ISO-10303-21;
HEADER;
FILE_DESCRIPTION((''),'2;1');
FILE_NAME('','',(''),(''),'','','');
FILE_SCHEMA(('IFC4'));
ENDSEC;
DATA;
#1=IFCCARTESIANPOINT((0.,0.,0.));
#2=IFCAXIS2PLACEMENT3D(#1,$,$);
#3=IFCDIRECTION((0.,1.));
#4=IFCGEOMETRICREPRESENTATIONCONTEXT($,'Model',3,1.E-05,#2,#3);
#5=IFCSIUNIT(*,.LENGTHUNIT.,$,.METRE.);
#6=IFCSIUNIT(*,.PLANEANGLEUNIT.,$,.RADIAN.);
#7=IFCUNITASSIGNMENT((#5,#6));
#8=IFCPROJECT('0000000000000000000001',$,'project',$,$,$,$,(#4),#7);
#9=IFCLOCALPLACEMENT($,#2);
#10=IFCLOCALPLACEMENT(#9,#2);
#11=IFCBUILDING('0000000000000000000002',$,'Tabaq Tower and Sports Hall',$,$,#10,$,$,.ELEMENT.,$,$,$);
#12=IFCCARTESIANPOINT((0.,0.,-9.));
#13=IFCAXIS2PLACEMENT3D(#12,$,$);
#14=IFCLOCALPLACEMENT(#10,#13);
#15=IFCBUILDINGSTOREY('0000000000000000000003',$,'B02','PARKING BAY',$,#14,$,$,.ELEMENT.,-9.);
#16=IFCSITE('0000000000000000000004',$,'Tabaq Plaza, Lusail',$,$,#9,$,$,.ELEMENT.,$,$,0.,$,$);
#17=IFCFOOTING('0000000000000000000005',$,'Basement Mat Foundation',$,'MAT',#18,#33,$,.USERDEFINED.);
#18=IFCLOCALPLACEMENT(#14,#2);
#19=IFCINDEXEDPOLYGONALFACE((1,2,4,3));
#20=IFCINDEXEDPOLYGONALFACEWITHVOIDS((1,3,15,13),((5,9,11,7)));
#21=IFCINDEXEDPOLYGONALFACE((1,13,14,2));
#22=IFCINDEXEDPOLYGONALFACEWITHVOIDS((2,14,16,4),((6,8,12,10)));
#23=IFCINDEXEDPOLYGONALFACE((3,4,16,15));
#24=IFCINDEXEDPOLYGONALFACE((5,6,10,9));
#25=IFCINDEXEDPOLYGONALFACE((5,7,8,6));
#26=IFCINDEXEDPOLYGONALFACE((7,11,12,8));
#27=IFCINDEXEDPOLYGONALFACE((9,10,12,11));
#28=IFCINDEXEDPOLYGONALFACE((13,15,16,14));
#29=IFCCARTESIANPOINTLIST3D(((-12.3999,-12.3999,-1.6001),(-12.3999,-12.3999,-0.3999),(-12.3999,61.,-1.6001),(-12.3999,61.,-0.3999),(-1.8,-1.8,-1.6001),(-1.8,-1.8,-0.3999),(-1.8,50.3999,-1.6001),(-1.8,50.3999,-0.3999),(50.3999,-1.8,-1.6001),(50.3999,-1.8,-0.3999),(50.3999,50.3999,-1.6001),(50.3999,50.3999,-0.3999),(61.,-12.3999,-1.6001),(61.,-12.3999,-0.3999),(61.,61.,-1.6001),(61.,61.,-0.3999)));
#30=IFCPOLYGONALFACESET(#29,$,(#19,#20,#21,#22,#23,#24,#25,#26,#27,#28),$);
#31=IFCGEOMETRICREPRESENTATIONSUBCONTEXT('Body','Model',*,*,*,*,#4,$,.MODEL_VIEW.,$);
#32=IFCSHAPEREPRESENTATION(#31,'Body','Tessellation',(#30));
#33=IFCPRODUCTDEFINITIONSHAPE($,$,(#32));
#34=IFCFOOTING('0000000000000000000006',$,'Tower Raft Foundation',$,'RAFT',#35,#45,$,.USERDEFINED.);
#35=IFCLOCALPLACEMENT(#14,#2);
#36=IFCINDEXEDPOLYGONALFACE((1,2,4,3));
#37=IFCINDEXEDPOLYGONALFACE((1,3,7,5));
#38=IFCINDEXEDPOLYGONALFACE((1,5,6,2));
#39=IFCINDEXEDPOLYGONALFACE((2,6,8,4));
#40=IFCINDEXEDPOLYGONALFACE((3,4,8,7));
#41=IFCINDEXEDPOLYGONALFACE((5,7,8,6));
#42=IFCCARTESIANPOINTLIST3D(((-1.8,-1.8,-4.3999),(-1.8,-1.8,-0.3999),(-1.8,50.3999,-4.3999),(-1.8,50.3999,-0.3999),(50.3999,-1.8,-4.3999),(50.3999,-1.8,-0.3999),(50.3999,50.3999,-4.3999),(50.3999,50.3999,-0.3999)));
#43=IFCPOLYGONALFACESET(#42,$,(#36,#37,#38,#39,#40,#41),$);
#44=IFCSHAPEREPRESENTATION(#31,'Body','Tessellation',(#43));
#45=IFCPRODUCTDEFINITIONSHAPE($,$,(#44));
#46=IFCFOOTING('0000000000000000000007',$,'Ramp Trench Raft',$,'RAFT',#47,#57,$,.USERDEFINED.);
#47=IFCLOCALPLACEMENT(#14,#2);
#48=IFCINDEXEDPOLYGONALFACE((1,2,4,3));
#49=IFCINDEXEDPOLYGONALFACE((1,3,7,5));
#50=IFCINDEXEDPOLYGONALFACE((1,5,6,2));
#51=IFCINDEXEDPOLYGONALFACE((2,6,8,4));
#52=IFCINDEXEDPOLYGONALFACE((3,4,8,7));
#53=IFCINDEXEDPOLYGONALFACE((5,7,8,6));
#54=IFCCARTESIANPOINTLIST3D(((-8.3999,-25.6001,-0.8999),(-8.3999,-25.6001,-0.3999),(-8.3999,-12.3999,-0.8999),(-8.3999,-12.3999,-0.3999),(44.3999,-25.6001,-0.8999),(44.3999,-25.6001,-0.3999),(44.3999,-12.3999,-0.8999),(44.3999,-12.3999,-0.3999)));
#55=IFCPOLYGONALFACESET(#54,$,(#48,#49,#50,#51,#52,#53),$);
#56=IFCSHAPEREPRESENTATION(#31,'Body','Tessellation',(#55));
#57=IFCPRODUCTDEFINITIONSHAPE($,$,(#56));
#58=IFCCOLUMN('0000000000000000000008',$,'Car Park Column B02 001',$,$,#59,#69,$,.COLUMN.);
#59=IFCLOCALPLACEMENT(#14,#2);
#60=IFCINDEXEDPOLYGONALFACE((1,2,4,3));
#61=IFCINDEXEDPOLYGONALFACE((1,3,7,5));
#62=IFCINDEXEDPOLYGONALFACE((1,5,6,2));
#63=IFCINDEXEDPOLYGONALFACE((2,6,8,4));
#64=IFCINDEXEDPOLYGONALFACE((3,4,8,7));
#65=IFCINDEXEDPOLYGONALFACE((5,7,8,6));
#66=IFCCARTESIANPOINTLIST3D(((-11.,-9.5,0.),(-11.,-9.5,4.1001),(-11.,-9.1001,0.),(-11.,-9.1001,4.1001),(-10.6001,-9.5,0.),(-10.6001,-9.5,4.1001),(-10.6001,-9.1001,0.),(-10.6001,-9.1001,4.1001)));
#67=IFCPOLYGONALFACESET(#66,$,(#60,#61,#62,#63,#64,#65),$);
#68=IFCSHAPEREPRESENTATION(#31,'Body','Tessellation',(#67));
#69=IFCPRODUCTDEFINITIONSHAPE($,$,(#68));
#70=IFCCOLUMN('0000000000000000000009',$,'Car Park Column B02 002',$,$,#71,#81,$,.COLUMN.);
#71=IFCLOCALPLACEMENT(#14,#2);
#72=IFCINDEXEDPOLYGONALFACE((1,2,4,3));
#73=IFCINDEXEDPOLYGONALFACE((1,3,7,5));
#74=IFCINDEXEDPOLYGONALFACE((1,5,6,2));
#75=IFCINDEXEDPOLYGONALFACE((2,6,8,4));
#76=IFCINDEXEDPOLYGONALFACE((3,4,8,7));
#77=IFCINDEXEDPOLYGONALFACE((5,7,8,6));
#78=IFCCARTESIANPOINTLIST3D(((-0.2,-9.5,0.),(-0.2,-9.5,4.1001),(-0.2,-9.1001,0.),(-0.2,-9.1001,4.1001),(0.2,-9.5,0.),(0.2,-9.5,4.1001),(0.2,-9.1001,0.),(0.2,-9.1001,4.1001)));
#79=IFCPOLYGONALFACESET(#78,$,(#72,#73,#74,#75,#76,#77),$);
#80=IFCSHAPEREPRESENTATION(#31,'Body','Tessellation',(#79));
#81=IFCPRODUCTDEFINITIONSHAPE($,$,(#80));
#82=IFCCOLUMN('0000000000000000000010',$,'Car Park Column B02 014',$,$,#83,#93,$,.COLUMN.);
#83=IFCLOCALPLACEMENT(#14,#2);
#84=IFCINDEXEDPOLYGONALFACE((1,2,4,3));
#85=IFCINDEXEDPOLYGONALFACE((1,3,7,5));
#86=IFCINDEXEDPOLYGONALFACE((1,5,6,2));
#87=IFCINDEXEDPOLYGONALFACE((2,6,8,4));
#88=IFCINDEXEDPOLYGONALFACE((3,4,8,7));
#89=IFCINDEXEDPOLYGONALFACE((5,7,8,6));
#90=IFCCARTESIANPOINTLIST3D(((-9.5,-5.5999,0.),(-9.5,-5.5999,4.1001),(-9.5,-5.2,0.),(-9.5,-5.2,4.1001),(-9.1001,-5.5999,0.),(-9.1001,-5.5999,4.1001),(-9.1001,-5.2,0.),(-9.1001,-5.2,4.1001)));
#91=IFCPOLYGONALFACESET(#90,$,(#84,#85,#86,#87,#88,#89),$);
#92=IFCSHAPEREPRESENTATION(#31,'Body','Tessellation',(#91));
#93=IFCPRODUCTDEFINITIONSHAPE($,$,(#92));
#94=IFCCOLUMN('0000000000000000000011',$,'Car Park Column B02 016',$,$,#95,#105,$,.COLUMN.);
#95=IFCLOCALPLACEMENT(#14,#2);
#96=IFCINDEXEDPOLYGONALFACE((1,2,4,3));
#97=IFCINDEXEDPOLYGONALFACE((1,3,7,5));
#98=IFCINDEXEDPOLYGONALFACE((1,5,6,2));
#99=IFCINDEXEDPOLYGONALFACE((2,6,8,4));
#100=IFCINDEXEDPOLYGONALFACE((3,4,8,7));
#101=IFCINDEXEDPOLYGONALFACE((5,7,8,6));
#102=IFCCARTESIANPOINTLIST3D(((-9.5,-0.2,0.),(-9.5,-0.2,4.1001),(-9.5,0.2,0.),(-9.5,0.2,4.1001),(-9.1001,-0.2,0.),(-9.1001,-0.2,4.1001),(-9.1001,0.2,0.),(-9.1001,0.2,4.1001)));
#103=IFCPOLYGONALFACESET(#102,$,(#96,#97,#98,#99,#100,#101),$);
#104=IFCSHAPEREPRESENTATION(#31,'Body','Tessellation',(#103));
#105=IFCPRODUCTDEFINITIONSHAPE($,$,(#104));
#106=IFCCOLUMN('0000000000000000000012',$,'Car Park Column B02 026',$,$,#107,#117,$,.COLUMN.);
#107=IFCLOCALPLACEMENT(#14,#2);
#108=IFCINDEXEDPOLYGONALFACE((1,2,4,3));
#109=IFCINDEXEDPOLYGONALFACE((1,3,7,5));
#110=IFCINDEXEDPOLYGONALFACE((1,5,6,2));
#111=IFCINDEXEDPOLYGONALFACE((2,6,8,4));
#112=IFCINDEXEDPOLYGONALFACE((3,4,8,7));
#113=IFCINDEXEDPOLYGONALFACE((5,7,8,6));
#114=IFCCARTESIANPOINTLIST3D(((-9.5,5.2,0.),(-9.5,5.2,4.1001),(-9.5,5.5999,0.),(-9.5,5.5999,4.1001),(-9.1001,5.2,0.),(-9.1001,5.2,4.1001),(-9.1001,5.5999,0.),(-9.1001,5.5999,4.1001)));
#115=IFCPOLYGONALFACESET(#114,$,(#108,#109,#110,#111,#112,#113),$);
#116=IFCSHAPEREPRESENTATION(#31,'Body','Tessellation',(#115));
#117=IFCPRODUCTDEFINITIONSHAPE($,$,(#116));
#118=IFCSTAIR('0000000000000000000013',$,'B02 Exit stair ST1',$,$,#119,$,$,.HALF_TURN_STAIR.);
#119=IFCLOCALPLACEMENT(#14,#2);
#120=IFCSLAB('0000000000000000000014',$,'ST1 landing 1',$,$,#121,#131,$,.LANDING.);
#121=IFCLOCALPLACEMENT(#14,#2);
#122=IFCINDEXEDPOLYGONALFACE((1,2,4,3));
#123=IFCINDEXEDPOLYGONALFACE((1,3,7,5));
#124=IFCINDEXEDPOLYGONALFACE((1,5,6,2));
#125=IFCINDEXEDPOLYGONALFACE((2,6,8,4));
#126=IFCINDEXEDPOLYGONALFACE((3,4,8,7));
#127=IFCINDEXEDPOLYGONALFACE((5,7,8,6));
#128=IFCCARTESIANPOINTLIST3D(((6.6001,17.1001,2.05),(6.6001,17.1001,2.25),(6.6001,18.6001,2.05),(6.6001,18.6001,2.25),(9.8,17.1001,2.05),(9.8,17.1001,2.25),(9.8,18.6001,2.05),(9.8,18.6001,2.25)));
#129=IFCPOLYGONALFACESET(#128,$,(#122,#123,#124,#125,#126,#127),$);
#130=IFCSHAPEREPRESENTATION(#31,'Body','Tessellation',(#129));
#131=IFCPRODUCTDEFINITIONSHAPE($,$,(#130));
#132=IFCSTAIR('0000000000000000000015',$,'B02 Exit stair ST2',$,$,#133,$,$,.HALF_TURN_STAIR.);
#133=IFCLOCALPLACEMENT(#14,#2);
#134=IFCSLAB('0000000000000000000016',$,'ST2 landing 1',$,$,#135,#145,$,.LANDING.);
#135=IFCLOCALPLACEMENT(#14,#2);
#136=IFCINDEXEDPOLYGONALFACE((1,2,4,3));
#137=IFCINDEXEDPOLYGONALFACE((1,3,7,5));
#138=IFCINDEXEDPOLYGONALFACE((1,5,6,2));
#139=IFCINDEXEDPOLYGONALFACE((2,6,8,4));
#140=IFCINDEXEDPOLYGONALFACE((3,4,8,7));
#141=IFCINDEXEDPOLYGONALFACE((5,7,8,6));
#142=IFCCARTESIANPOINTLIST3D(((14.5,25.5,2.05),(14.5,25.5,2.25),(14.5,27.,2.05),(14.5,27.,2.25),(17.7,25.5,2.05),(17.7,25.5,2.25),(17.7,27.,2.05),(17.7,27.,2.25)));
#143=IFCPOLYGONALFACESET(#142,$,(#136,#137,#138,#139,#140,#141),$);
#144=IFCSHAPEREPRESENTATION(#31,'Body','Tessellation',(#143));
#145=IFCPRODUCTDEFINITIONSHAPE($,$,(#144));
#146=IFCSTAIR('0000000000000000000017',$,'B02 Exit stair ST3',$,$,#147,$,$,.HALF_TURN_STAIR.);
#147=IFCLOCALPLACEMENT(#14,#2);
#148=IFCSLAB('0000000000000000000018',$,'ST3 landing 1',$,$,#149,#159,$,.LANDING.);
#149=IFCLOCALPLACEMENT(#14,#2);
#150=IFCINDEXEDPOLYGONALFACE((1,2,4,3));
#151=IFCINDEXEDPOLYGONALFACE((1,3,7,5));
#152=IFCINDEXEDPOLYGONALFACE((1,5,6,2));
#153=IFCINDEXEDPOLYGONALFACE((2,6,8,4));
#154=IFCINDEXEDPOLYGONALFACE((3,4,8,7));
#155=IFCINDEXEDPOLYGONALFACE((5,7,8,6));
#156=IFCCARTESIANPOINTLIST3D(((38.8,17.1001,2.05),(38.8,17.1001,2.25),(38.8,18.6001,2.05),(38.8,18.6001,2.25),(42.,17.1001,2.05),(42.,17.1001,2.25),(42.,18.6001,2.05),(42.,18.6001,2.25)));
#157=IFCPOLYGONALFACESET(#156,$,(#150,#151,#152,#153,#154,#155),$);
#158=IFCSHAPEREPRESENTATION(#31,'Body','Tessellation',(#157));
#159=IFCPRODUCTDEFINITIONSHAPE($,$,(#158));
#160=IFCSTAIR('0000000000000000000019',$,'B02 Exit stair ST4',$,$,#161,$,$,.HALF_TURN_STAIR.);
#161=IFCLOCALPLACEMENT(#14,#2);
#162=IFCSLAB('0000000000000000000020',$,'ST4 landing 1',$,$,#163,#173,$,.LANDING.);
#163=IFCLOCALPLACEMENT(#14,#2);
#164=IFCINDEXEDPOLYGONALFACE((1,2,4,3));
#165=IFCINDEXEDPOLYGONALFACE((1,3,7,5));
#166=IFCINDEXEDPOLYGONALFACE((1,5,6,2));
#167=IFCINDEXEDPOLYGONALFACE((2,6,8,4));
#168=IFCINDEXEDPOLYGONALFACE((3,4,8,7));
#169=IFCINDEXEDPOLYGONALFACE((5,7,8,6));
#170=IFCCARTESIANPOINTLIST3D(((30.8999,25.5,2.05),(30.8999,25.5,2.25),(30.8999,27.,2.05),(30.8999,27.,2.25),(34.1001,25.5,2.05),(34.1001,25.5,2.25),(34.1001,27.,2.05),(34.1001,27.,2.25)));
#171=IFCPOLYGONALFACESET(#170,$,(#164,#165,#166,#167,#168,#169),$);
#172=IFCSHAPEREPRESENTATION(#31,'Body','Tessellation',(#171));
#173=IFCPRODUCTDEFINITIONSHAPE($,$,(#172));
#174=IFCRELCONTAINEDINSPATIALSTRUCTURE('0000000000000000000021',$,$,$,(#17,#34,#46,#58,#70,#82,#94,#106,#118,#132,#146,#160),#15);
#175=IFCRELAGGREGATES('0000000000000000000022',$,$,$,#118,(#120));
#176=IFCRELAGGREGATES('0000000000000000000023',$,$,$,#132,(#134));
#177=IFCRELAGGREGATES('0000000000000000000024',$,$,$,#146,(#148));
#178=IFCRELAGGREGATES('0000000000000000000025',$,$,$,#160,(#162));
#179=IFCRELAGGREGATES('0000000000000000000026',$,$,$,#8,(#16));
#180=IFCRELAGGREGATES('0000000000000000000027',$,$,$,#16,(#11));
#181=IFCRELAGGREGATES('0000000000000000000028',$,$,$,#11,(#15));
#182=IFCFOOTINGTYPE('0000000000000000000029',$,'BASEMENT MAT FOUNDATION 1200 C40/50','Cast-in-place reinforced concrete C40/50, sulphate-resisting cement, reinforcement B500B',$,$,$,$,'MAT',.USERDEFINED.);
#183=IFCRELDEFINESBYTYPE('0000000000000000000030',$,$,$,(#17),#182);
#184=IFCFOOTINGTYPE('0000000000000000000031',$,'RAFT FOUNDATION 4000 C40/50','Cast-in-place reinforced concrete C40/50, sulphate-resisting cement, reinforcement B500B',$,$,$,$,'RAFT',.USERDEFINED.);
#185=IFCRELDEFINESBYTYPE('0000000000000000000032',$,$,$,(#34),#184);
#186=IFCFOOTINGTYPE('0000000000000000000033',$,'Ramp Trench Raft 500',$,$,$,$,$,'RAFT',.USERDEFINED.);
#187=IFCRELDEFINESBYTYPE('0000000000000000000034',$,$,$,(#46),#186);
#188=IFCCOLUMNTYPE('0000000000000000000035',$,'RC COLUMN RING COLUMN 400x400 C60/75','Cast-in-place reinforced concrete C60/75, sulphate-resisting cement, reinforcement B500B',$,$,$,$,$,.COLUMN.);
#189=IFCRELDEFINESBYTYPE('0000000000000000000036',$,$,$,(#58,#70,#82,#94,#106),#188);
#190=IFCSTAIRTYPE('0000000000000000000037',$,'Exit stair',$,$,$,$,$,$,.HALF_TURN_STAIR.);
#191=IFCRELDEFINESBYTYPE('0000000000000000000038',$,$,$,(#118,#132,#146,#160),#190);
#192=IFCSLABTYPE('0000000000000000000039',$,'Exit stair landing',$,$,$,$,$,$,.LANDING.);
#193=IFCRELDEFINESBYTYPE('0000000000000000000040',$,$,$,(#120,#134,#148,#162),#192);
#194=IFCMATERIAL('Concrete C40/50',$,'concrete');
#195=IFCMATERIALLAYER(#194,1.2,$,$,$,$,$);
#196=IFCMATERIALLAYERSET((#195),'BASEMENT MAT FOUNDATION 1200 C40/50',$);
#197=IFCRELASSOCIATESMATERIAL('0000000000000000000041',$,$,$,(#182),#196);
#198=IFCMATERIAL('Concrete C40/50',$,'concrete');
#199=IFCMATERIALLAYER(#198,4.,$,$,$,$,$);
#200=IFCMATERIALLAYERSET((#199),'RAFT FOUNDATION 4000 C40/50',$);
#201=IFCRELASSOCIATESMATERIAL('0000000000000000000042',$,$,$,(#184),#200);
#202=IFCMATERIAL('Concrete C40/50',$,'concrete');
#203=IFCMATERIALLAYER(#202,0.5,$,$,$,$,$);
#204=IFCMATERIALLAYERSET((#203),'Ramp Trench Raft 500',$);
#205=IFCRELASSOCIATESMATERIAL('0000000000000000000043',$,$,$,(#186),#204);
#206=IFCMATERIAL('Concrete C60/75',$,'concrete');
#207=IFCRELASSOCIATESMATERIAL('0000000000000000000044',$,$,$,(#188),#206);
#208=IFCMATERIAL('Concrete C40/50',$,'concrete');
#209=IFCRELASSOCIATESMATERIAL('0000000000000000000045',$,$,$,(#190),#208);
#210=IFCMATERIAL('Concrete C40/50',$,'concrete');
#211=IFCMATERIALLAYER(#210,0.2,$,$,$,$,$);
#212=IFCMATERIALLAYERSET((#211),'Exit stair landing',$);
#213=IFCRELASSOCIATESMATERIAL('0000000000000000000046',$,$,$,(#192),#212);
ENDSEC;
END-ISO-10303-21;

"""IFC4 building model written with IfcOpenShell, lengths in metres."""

from ifc_helpers import new_model, si_unit, direction, frame, origin, origin_2d, place, context, subcontext, project, spatial, polyline, rectangle, outline, extrude, material, layer, layer_set, material_profile, profile_set, type_object, element, aggregate, save


model = new_model("IFC4")

# Units and contexts
model_context = context("Model", 3, precision=1e-05, world=origin(), true_north=direction((0.0, 1.0)))
body_context = subcontext(model_context, "Body", "Model", "MODEL_VIEW")
ifc_project = project(units=[si_unit("LENGTHUNIT", "METRE"), si_unit("PLANEANGLEUNIT", "RADIAN")], contexts=[model_context])

# Site, building, storey
site_placement = place(None, origin())
site = spatial("IfcSite", under=ifc_project, at=site_placement, Name="Tabaq Plaza, Lusail", CompositionType="ELEMENT", RefElevation=0.0)
building_placement = place(site_placement, origin())
building = spatial("IfcBuilding", under=site, at=building_placement, Name="Tabaq Tower and Sports Hall", CompositionType="ELEMENT")
storey_placement = place(building_placement, frame((0.0, 0.0, -9.0)))
storey = spatial("IfcBuildingStorey", under=building, at=storey_placement, Name="B02", Description="PARKING BAY", CompositionType="ELEMENT", Elevation=-9.0)

# Footings
ifc_material_1 = material(Name="Concrete C40/50", Category="concrete")
ifc_layer_1 = layer(ifc_material_1, 1.2)
ifc_layer_set_1 = layer_set([ifc_layer_1], Name="BASEMENT MAT FOUNDATION 1200 C40/50")
footing_type_1 = type_object("IfcFootingType", Name="BASEMENT MAT FOUNDATION 1200 C40/50", Description="Cast-in-place reinforced concrete C40/50, sulphate-resisting cement, reinforcement B500B", ElementType="MAT", PredefinedType="USERDEFINED", material=ifc_layer_set_1)
footing_1_placement = place(storey_placement, frame((0.0, 0.0, -1.6001)))
element("IfcFooting", 1, at=footing_1_placement, inside=storey, type_object=footing_type_1, Name="Basement Mat Foundation", ObjectType="MAT", PredefinedType="USERDEFINED", context=body_context, shape_type="SweptSolid", body=[
    extrude(outline(polyline([(-12.3999, -12.3999), (61.0, -12.3999), (61.0, 61.0), (-12.3999, 61.0), (-12.3999, -12.3999)]), holes=[polyline([(50.3999, 50.3999), (50.3999, -1.8), (-1.8, -1.8), (-1.8, 50.3999), (50.3999, 50.3999)])]), origin(), (0.0, 0.0, 1.0), 1.2002),
])
ifc_material_2 = material(Name="Concrete C40/50", Category="concrete")
ifc_layer_2 = layer(ifc_material_2, 4.0)
ifc_layer_set_2 = layer_set([ifc_layer_2], Name="RAFT FOUNDATION 4000 C40/50")
footing_type_2 = type_object("IfcFootingType", Name="RAFT FOUNDATION 4000 C40/50", Description="Cast-in-place reinforced concrete C40/50, sulphate-resisting cement, reinforcement B500B", ElementType="RAFT", PredefinedType="USERDEFINED", material=ifc_layer_set_2)
footing_2_placement = place(storey_placement, frame((0.0, 0.0, -4.3999)))
element("IfcFooting", 2, at=footing_2_placement, inside=storey, type_object=footing_type_2, Name="Tower Raft Foundation", ObjectType="RAFT", PredefinedType="USERDEFINED", context=body_context, shape_type="SweptSolid", body=[
    extrude(outline(polyline([(-1.8, -1.8), (50.3999, -1.8), (50.3999, 50.3999), (-1.8, 50.3999), (-1.8, -1.8)])), origin(), (0.0, 0.0, 1.0), 4.0),
])
ifc_material_3 = material(Name="Concrete C40/50", Category="concrete")
ifc_layer_3 = layer(ifc_material_3, 0.5)
ifc_layer_set_3 = layer_set([ifc_layer_3], Name="Ramp Trench Raft 500")
footing_type_3 = type_object("IfcFootingType", Name="Ramp Trench Raft 500", ElementType="RAFT", PredefinedType="USERDEFINED", material=ifc_layer_set_3)
footing_3_placement = place(storey_placement, frame((0.0, 0.0, -0.8999)))
element("IfcFooting", 3, at=footing_3_placement, inside=storey, type_object=footing_type_3, Name="Ramp Trench Raft", ObjectType="RAFT", PredefinedType="USERDEFINED", context=body_context, shape_type="SweptSolid", body=[
    extrude(outline(polyline([(-8.3999, -25.6001), (44.3999, -25.6001), (44.3999, -12.3999), (-8.3999, -12.3999), (-8.3999, -25.6001)])), origin(), (0.0, 0.0, 1.0), 0.5),
])

# Columns
ifc_material_4 = material(Name="Concrete C60/75", Category="concrete")
ifc_material_profile = material_profile(ifc_material_4, rectangle(XDim=0.3999, YDim=0.3999, at=origin_2d()), Name="RING COLUMN 400x400")
ifc_profile_set = profile_set([ifc_material_profile], Name="Concrete C60/75")
column_type = type_object("IfcColumnType", Name="RC COLUMN RING COLUMN 400x400 C60/75", Description="Cast-in-place reinforced concrete C60/75, sulphate-resisting cement, reinforcement B500B", PredefinedType="COLUMN", material=ifc_profile_set)
for number, where, z_axis, x_axis, name in (
    (4, (-10.8, -9.3, 0.0), (0.0, 0.0, 1.0), (1.0, 0.0, 0.0), "Car Park Column B02 001"),
    (5, (0.0, -9.3, 0.0), (0.0, 0.0, 1.0), (1.0, 0.0, 0.0), "Car Park Column B02 002"),
    (6, (-9.3, -5.3999, 0.0), (0.0, 0.0, 1.0), (1.0, 0.0, 0.0), "Car Park Column B02 014"),
    (7, (-9.3, 0.0, 0.0), (0.0, 0.0, 1.0), (1.0, 0.0, 0.0), "Car Park Column B02 016"),
    (8, (-9.3, 5.3999, 0.0), (0.0, 0.0, 1.0), (1.0, 0.0, 0.0), "Car Park Column B02 026"),
):
    element("IfcColumn", number, at=place(storey_placement, frame(where, z_axis=z_axis, x_axis=x_axis)), inside=storey, type_object=column_type, Name=name, PredefinedType="COLUMN", context=body_context, shape_type="SweptSolid", body=[
        extrude(rectangle(XDim=0.3999, YDim=0.3999, at=origin_2d()), origin(), (0.0, 0.0, 1.0), 4.1001),
    ])

# Stairs, slabs
ifc_material_5 = material(Name="Concrete C40/50", Category="concrete")
stair_type = type_object("IfcStairType", Name="Exit stair", PredefinedType="HALF_TURN_STAIR", material=ifc_material_5)
stair_1_placement = place(storey_placement, origin())
stair_1 = element("IfcStair", 9, at=stair_1_placement, inside=storey, type_object=stair_type, Name="B02 Exit stair ST1", PredefinedType="HALF_TURN_STAIR")
ifc_material_6 = material(Name="Concrete C40/50", Category="concrete")
ifc_layer_4 = layer(ifc_material_6, 0.2)
ifc_layer_set_4 = layer_set([ifc_layer_4], Name="Exit stair landing")
slab_type_1 = type_object("IfcSlabType", Name="Exit stair landing", PredefinedType="LANDING", material=ifc_layer_set_4)
slab_1_placement = place(storey_placement, frame((0.0, 0.0, 2.05)))
slab_1 = element("IfcSlab", 10, at=slab_1_placement, type_object=slab_type_1, Name="ST1 landing 1", PredefinedType="LANDING", context=body_context, shape_type="SweptSolid", body=[
    extrude(outline(polyline([(6.6001, 18.6001), (6.6001, 17.1001), (9.8, 17.1001), (9.8, 18.6001), (6.6001, 18.6001)])), origin(), (0.0, 0.0, 1.0), 0.2),
])
aggregate(stair_1, [slab_1])
stair_2_placement = place(storey_placement, origin())
stair_2 = element("IfcStair", 11, at=stair_2_placement, inside=storey, type_object=stair_type, Name="B02 Exit stair ST2", PredefinedType="HALF_TURN_STAIR")
slab_2_placement = place(storey_placement, frame((0.0, 0.0, 2.05)))
slab_2 = element("IfcSlab", 12, at=slab_2_placement, type_object=slab_type_1, Name="ST2 landing 1", PredefinedType="LANDING", context=body_context, shape_type="SweptSolid", body=[
    extrude(outline(polyline([(14.5, 27.0), (14.5, 25.5), (17.7, 25.5), (17.7, 27.0), (14.5, 27.0)])), origin(), (0.0, 0.0, 1.0), 0.2),
])
aggregate(stair_2, [slab_2])
stair_3_placement = place(storey_placement, origin())
stair_3 = element("IfcStair", 13, at=stair_3_placement, inside=storey, type_object=stair_type, Name="B02 Exit stair ST3", PredefinedType="HALF_TURN_STAIR")
slab_3_placement = place(storey_placement, frame((0.0, 0.0, 2.05)))
slab_3 = element("IfcSlab", 14, at=slab_3_placement, type_object=slab_type_1, Name="ST3 landing 1", PredefinedType="LANDING", context=body_context, shape_type="SweptSolid", body=[
    extrude(outline(polyline([(38.8, 18.6001), (38.8, 17.1001), (42.0, 17.1001), (42.0, 18.6001), (38.8, 18.6001)])), origin(), (0.0, 0.0, 1.0), 0.2),
])
aggregate(stair_3, [slab_3])
stair_4_placement = place(storey_placement, origin())
stair_4 = element("IfcStair", 15, at=stair_4_placement, inside=storey, type_object=stair_type, Name="B02 Exit stair ST4", PredefinedType="HALF_TURN_STAIR")
slab_4_placement = place(storey_placement, frame((0.0, 0.0, 2.05)))
slab_4 = element("IfcSlab", 16, at=slab_4_placement, type_object=slab_type_1, Name="ST4 landing 1", PredefinedType="LANDING", context=body_context, shape_type="SweptSolid", body=[
    extrude(outline(polyline([(30.8999, 27.0), (30.8999, 25.5), (34.1001, 25.5), (34.1001, 27.0), (30.8999, 27.0)])), origin(), (0.0, 0.0, 1.0), 0.2),
])
aggregate(stair_4, [slab_4])

save(model, "model.ifc")
